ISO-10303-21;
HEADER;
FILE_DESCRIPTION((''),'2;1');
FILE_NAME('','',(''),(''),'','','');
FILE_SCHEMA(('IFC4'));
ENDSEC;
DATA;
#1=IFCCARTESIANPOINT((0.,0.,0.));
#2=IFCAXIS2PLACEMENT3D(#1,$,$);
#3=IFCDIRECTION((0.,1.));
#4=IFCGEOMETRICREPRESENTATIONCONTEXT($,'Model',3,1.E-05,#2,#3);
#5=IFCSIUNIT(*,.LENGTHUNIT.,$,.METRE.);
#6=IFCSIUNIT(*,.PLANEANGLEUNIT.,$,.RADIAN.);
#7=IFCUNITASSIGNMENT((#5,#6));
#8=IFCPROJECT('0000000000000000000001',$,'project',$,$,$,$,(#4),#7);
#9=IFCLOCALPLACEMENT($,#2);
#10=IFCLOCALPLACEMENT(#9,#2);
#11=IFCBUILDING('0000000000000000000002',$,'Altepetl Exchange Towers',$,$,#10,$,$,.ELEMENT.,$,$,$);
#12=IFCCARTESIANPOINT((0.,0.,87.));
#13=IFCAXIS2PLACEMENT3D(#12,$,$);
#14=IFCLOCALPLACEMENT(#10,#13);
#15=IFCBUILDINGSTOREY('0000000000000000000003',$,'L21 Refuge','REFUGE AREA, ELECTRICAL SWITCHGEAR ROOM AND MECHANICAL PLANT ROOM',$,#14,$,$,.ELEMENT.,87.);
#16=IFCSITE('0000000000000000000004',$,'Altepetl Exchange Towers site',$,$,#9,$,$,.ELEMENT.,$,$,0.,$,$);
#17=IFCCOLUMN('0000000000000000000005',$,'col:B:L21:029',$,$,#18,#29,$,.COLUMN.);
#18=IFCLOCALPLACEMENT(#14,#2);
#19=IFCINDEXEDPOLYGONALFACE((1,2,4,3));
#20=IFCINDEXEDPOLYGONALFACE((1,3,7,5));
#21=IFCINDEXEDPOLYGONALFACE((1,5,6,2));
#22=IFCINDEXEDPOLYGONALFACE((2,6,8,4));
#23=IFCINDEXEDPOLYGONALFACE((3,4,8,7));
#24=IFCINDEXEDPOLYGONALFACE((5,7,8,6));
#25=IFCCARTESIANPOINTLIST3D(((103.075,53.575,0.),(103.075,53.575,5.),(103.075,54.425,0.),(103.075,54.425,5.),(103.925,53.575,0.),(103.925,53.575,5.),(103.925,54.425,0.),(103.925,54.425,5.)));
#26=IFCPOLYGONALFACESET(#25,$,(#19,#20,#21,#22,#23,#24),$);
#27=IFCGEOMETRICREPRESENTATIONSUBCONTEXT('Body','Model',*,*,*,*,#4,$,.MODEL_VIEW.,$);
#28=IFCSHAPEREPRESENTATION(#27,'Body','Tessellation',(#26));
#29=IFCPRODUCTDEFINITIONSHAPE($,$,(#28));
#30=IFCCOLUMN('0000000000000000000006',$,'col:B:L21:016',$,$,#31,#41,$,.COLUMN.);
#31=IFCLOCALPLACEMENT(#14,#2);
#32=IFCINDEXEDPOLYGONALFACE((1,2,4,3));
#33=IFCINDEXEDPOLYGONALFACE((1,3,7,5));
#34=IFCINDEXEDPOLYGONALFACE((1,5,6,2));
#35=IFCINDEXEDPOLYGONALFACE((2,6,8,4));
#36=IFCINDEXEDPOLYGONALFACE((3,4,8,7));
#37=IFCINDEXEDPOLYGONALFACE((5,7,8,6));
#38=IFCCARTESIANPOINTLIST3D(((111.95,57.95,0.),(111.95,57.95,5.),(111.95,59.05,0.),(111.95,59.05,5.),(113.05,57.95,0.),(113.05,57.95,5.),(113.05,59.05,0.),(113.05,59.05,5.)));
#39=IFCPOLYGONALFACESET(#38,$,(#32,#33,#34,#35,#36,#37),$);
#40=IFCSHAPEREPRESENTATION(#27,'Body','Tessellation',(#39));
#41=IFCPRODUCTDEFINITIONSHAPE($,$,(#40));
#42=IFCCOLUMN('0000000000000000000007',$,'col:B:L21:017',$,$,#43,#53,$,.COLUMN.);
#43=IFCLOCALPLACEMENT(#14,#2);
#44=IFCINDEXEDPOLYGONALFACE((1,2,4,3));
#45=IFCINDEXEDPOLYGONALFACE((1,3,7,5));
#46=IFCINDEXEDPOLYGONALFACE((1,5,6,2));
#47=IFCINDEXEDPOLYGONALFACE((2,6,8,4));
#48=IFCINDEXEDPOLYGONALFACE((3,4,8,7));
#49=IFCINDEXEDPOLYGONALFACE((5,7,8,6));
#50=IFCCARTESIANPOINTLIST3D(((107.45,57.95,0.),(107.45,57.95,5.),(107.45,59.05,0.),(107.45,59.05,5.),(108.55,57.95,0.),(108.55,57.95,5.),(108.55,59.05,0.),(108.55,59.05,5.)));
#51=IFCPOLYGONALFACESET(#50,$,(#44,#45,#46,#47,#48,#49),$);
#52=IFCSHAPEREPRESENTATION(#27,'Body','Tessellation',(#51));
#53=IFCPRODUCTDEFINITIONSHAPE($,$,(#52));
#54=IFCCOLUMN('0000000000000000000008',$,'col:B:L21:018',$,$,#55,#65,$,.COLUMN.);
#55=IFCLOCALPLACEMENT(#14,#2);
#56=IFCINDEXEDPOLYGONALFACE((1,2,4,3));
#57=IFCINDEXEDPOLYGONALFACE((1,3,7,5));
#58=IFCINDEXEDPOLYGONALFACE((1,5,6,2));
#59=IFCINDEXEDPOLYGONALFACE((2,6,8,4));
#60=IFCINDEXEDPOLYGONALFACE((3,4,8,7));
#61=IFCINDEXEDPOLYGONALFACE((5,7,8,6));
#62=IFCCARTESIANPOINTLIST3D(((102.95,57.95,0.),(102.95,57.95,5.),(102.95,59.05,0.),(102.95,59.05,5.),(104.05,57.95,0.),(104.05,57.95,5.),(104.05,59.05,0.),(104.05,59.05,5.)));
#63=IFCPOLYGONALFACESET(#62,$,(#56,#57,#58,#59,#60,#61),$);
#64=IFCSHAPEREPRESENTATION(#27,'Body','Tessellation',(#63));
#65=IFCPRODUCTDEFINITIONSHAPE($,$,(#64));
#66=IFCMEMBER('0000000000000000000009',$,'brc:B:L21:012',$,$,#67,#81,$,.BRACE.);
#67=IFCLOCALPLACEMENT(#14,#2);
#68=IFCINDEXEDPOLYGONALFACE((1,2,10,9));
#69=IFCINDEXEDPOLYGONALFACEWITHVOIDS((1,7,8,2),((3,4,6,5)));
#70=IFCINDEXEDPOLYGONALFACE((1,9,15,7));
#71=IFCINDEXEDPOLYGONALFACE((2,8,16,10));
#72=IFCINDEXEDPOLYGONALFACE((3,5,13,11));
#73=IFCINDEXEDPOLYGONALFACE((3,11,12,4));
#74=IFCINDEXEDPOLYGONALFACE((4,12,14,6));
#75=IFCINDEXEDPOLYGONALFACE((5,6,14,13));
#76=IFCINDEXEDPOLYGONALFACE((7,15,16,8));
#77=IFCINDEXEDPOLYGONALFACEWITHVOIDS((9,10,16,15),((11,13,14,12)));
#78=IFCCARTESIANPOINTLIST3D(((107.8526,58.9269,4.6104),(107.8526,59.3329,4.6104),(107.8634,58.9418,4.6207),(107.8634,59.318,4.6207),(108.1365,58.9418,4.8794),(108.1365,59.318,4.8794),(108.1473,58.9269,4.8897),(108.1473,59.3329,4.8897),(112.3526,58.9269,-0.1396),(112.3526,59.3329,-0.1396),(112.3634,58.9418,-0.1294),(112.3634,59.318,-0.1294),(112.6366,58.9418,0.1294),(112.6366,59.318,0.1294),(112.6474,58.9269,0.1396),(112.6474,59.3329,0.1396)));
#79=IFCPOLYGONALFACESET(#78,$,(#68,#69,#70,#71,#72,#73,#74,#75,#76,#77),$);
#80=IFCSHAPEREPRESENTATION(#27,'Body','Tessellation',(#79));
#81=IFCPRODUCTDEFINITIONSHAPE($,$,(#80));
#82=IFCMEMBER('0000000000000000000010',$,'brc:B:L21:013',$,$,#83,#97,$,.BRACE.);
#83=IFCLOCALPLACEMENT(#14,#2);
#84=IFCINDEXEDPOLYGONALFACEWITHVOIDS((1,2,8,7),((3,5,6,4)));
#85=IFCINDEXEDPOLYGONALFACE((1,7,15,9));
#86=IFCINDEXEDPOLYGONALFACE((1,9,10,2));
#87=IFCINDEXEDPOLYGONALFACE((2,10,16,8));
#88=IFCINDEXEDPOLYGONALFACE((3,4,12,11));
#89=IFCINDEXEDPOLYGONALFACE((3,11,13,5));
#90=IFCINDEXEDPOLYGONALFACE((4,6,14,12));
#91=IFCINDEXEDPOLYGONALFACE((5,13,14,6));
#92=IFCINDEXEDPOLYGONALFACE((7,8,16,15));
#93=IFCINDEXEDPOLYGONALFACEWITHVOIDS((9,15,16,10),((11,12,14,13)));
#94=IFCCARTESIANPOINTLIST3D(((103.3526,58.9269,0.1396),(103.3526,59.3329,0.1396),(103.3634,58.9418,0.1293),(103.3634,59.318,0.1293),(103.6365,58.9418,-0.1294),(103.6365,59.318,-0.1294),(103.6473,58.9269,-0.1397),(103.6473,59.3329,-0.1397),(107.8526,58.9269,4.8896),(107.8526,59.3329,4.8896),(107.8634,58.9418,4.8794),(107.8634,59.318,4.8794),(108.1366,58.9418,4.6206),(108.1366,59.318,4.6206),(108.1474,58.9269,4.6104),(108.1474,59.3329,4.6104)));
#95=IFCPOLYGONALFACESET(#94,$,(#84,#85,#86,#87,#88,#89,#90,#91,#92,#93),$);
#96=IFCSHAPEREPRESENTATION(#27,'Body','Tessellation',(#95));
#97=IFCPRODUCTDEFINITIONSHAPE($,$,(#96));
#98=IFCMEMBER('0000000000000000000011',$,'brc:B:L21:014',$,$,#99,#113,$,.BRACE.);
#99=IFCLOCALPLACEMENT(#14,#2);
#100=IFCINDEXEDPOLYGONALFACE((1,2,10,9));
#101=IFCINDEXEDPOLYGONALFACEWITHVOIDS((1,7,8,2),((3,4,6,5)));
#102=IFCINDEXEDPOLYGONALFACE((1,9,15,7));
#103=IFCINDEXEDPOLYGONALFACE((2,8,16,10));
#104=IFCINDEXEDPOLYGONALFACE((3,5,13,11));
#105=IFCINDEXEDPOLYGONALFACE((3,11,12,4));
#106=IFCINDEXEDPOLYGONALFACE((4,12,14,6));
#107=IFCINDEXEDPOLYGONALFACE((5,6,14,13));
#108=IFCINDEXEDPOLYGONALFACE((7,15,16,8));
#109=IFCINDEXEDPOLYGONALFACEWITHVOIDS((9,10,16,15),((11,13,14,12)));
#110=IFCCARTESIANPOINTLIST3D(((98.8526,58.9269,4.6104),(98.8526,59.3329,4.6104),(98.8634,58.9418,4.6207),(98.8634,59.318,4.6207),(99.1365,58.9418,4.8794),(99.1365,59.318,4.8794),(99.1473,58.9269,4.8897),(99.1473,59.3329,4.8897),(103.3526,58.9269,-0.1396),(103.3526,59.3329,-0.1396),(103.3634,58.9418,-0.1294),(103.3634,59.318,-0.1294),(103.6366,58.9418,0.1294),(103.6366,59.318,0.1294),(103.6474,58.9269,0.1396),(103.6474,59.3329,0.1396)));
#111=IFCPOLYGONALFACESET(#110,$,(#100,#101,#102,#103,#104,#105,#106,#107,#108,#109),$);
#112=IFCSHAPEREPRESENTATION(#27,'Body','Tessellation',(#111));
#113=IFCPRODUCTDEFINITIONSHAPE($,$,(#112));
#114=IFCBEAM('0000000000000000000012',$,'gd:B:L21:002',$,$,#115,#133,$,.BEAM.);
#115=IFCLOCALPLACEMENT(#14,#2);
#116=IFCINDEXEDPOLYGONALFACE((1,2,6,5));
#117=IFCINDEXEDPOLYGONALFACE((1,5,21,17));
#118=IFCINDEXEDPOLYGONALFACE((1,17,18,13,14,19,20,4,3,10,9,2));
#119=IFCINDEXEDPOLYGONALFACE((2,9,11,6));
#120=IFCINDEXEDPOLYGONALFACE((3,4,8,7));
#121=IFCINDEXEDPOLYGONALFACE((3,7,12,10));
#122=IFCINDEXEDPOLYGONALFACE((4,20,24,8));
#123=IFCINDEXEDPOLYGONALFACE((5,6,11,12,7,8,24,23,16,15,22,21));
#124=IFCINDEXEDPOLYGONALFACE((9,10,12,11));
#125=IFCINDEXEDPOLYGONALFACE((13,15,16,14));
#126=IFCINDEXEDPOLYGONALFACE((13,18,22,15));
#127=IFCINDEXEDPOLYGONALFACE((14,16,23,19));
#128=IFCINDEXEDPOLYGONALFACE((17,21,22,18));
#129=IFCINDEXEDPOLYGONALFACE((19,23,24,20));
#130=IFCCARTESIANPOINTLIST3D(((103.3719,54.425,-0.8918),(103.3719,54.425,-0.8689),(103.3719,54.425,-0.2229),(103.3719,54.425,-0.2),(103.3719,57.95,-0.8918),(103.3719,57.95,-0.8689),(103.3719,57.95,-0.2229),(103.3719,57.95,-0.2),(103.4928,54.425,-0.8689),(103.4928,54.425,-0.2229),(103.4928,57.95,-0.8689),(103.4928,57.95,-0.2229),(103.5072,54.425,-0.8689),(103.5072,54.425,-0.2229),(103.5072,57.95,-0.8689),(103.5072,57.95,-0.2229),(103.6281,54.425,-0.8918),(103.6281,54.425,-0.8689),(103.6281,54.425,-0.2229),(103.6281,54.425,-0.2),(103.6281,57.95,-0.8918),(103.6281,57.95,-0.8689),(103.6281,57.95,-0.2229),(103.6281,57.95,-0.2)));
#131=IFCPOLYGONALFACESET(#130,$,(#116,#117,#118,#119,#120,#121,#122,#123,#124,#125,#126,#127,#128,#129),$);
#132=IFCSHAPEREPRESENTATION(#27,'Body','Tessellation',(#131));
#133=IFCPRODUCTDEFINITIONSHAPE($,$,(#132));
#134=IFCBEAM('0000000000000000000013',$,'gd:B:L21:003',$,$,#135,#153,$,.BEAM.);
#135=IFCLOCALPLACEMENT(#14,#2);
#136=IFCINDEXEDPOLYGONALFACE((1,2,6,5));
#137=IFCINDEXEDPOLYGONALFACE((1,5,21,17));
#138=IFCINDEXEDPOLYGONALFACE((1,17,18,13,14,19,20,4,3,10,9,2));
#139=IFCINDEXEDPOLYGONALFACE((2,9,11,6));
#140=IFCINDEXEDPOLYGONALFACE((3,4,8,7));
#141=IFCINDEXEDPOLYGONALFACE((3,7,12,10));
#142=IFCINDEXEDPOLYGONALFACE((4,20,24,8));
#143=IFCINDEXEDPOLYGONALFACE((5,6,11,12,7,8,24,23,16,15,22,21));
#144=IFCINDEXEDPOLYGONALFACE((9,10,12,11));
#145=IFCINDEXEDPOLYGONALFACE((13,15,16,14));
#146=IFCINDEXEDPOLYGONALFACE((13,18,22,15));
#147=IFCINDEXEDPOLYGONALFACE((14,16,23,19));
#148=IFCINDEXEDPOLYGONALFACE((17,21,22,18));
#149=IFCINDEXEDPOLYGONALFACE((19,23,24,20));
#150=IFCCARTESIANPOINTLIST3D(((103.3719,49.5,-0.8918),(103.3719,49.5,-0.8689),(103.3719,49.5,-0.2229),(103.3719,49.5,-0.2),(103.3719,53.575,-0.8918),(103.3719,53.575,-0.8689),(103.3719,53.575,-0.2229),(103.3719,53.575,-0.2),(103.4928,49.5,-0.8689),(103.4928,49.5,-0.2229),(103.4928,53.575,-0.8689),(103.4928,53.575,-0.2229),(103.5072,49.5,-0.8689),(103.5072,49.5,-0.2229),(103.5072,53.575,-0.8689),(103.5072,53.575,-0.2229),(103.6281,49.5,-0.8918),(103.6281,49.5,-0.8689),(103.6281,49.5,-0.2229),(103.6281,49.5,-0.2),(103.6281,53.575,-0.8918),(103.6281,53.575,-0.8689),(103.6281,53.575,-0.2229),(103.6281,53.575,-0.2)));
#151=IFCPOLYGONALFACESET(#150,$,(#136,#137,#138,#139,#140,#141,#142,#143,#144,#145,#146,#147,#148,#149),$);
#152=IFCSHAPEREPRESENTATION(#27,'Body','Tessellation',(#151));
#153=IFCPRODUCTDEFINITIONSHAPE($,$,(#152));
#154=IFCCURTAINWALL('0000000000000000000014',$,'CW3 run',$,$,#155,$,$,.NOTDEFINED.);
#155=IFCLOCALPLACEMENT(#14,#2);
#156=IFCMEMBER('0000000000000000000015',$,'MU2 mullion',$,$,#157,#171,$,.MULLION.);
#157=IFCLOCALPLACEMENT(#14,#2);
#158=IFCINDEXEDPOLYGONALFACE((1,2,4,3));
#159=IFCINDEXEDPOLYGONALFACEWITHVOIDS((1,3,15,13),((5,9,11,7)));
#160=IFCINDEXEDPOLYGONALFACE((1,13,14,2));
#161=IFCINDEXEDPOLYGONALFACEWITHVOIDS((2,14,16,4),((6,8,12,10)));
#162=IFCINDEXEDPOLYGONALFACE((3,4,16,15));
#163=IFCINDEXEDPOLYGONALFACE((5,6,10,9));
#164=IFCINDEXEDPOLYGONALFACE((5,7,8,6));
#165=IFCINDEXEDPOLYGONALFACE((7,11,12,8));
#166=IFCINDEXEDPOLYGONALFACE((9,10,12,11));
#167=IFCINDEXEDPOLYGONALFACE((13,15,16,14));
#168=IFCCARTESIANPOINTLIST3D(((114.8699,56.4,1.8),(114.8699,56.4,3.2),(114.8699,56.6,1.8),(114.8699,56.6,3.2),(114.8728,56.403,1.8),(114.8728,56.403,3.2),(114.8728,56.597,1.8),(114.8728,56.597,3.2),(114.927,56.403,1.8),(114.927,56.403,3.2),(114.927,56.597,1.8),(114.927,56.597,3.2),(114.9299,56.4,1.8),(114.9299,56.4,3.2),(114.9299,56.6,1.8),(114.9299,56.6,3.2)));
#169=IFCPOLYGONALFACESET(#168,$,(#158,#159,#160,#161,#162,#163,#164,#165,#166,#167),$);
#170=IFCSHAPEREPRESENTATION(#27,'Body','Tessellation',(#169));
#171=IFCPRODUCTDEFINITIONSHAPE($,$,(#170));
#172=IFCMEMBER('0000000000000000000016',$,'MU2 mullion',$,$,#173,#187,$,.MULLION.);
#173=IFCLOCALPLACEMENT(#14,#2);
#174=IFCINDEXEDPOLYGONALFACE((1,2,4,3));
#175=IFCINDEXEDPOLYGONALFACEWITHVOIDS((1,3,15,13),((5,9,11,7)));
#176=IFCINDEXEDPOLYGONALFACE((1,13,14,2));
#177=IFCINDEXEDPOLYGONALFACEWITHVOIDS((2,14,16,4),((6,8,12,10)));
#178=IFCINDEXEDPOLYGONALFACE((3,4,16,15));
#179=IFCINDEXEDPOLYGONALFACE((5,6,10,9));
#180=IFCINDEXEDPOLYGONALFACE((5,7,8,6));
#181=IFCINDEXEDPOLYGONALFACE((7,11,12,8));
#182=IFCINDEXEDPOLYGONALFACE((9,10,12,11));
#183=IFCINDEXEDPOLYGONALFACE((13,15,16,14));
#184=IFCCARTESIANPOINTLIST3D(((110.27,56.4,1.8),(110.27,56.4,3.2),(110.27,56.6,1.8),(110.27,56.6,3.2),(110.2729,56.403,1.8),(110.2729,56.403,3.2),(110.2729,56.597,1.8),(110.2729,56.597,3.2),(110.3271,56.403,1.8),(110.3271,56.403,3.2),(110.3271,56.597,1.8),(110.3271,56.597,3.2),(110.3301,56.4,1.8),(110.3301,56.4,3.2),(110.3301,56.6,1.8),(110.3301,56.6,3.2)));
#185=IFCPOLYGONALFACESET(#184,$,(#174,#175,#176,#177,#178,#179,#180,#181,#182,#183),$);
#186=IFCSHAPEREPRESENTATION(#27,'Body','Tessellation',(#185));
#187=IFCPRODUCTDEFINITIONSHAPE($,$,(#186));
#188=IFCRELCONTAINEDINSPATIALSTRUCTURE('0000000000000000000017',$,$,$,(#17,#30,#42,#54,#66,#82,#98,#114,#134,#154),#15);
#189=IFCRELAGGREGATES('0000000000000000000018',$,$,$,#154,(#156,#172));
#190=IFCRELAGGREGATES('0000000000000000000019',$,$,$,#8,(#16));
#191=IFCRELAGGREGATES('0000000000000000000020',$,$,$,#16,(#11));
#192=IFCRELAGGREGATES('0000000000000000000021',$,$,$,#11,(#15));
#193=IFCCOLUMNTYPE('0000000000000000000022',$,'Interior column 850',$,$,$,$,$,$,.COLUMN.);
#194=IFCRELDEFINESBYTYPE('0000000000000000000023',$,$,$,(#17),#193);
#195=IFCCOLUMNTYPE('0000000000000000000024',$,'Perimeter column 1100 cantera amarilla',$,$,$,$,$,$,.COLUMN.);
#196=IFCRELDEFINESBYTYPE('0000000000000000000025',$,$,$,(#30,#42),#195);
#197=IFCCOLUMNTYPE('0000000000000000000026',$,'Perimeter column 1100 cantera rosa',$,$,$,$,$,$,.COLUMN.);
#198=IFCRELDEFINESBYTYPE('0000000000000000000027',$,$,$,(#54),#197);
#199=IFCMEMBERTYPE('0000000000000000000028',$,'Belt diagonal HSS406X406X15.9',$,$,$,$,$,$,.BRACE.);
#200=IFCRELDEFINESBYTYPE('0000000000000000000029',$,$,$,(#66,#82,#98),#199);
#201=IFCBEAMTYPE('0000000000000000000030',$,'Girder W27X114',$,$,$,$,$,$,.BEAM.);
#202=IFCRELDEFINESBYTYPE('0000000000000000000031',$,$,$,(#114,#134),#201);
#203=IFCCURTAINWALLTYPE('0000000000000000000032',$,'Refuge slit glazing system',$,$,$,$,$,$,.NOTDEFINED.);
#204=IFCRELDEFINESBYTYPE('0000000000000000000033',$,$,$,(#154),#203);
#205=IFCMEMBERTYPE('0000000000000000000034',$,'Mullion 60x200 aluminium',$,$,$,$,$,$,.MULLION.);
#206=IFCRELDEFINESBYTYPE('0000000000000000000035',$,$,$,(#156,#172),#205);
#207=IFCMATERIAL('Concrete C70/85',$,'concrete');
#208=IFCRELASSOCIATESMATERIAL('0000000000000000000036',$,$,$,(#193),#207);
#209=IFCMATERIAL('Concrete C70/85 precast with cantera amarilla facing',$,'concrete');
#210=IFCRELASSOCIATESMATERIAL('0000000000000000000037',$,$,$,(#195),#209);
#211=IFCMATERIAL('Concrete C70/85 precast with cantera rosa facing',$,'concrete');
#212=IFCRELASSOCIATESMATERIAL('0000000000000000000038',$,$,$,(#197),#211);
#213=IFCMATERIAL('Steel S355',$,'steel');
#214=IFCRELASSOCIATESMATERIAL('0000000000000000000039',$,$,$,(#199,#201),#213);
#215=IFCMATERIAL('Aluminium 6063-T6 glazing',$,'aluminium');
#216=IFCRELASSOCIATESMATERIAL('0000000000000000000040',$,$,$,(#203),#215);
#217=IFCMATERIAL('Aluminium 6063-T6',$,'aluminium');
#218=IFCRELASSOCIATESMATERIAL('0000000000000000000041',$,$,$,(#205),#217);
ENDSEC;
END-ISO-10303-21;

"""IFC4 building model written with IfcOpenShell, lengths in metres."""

from ifc_helpers import new_model, si_unit, direction, frame, origin, origin_2d, place, context, subcontext, project, spatial, rectangle, hollow_rectangle, i_section, extrude, material, material_profile, profile_set, type_object, element, aggregate, save


model = new_model("IFC4")

# Units and contexts
model_context = context("Model", 3, precision=1e-05, world=origin(), true_north=direction((0.0, 1.0)))
body_context = subcontext(model_context, "Body", "Model", "MODEL_VIEW")
ifc_project = project(units=[si_unit("LENGTHUNIT", "METRE"), si_unit("PLANEANGLEUNIT", "RADIAN")], contexts=[model_context])

# Site, building, storey
site_placement = place(None, origin())
site = spatial("IfcSite", under=ifc_project, at=site_placement, Name="Altepetl Exchange Towers site", CompositionType="ELEMENT", RefElevation=0.0)
building_placement = place(site_placement, origin())
building = spatial("IfcBuilding", under=site, at=building_placement, Name="Altepetl Exchange Towers", CompositionType="ELEMENT")
storey_placement = place(building_placement, frame((0.0, 0.0, 87.0)))
storey = spatial("IfcBuildingStorey", under=building, at=storey_placement, Name="L21 Refuge", Description="REFUGE AREA, ELECTRICAL SWITCHGEAR ROOM AND MECHANICAL PLANT ROOM", CompositionType="ELEMENT", Elevation=87.0)

# Columns
ifc_material_1 = material(Name="Concrete C70/85", Category="concrete")
ifc_material_profile_1 = material_profile(ifc_material_1, rectangle(XDim=0.8501, YDim=0.8501, at=origin_2d()), Name="850 x 850")
ifc_profile_set_1 = profile_set([ifc_material_profile_1], Name="Concrete C70/85")
column_type_1 = type_object("IfcColumnType", Name="Interior column 850", PredefinedType="COLUMN", material=ifc_profile_set_1)
column_1_placement = place(storey_placement, frame((103.5, 54.0, 0.0)))
element("IfcColumn", 1, at=column_1_placement, inside=storey, type_object=column_type_1, Name="col:B:L21:029", PredefinedType="COLUMN", context=body_context, shape_type="SweptSolid", body=[
    extrude(rectangle(XDim=0.8501, YDim=0.8501, at=origin_2d()), origin(), (0.0, 0.0, 1.0), 5.0),
])
ifc_material_2 = material(Name="Concrete C70/85 precast with cantera amarilla facing", Category="concrete")
ifc_material_profile_2 = material_profile(ifc_material_2, rectangle(XDim=1.1001, YDim=1.1001, at=origin_2d()), Name="1100 x 1100")
ifc_profile_set_2 = profile_set([ifc_material_profile_2], Name="Concrete C70/85 precast with cantera amarilla facing")
column_type_2 = type_object("IfcColumnType", Name="Perimeter column 1100 cantera amarilla", PredefinedType="COLUMN", material=ifc_profile_set_2)
for number, where, name in (
    (2, (112.5, 58.5, 0.0), "col:B:L21:016"),
    (3, (108.0, 58.5, 0.0), "col:B:L21:017"),
):
    element("IfcColumn", number, at=place(storey_placement, frame(where)), inside=storey, type_object=column_type_2, Name=name, PredefinedType="COLUMN", context=body_context, shape_type="SweptSolid", body=[
        extrude(rectangle(XDim=1.1001, YDim=1.1001, at=origin_2d()), origin(), (0.0, 0.0, 1.0), 5.0),
    ])
ifc_material_3 = material(Name="Concrete C70/85 precast with cantera rosa facing", Category="concrete")
ifc_material_profile_3 = material_profile(ifc_material_3, rectangle(XDim=1.1001, YDim=1.1001, at=origin_2d()), Name="1100 x 1100")
ifc_profile_set_3 = profile_set([ifc_material_profile_3], Name="Concrete C70/85 precast with cantera rosa facing")
column_type_3 = type_object("IfcColumnType", Name="Perimeter column 1100 cantera rosa", PredefinedType="COLUMN", material=ifc_profile_set_3)
column_2_placement = place(storey_placement, frame((103.5, 58.5, 0.0)))
element("IfcColumn", 4, at=column_2_placement, inside=storey, type_object=column_type_3, Name="col:B:L21:018", PredefinedType="COLUMN", context=body_context, shape_type="SweptSolid", body=[
    extrude(rectangle(XDim=1.1001, YDim=1.1001, at=origin_2d()), origin(), (0.0, 0.0, 1.0), 5.0),
])

# Members
ifc_material_4 = material(Name="Steel S355", Category="steel")
ifc_material_profile_4 = material_profile(ifc_material_4, hollow_rectangle(XDim=0.406, YDim=0.406, WallThickness=0.0149, at=origin_2d()), Name="HSS406X406X15.9")
ifc_profile_set_4 = profile_set([ifc_material_profile_4], Name="Steel S355")
member_type_1 = type_object("IfcMemberType", Name="Belt diagonal HSS406X406X15.9", PredefinedType="BRACE", material=ifc_profile_set_4)
for number, where, z_axis, x_axis, name in (
    (5, (112.5, 59.1299, 0.0), (-0.687745, 0.0, 0.725953), (0.0, -1.0, 0.0), "brc:B:L21:012"),
    (6, (108.0, 59.1299, 4.75), (-0.687745, 0.0, -0.725953), (0.0, -1.0, 0.0), "brc:B:L21:013"),
    (7, (103.5, 59.1299, 0.0), (-0.687745, 0.0, 0.725953), (0.0, -1.0, 0.0), "brc:B:L21:014"),
):
    element("IfcMember", number, at=place(storey_placement, frame(where, z_axis=z_axis, x_axis=x_axis)), inside=storey, type_object=member_type_1, Name=name, PredefinedType="BRACE", context=body_context, shape_type="SweptSolid", body=[
        extrude(hollow_rectangle(XDim=0.406, YDim=0.406, WallThickness=0.0149, at=origin_2d()), origin(), (0.0, 0.0, 1.0), 6.5432),
    ])

# Beams
ifc_material_profile_5 = material_profile(ifc_material_4, i_section(OverallWidth=0.2561, OverallDepth=0.6919, WebThickness=0.0144, FlangeThickness=0.0229, at=origin_2d()), Name="W27X114")
ifc_profile_set_5 = profile_set([ifc_material_profile_5], Name="Steel S355")
beam_type_1 = type_object("IfcBeamType", Name="Girder W27X114", PredefinedType="BEAM", material=ifc_profile_set_5)
beam_1_placement = place(storey_placement, frame((103.5, 57.95, -0.5459), z_axis=(0.0, -1.0, 0.0), x_axis=(1.0, 0.0, 0.0)))
element("IfcBeam", 8, at=beam_1_placement, inside=storey, type_object=beam_type_1, Name="gd:B:L21:002", PredefinedType="BEAM", context=body_context, shape_type="SweptSolid", body=[
    extrude(i_section(OverallWidth=0.2561, OverallDepth=0.6919, WebThickness=0.0144, FlangeThickness=0.0229, at=origin_2d()), origin(), (0.0, 0.0, 1.0), 3.5249),
])
beam_2_placement = place(storey_placement, frame((103.5, 53.575, -0.5459), z_axis=(0.0, -1.0, 0.0), x_axis=(1.0, 0.0, 0.0)))
element("IfcBeam", 9, at=beam_2_placement, inside=storey, type_object=beam_type_1, Name="gd:B:L21:003", PredefinedType="BEAM", context=body_context, shape_type="SweptSolid", body=[
    extrude(i_section(OverallWidth=0.2561, OverallDepth=0.6919, WebThickness=0.0144, FlangeThickness=0.0229, at=origin_2d()), origin(), (0.0, 0.0, 1.0), 4.075),
])

# Curtain wall, members
ifc_material_5 = material(Name="Aluminium 6063-T6 glazing", Category="aluminium")
curtain_wall_type = type_object("IfcCurtainWallType", Name="Refuge slit glazing system", PredefinedType="NOTDEFINED", material=ifc_material_5)
curtain_wall_1_placement = place(storey_placement, origin())
curtain_wall_1 = element("IfcCurtainWall", 10, at=curtain_wall_1_placement, inside=storey, type_object=curtain_wall_type, Name="CW3 run", PredefinedType="NOTDEFINED")
ifc_material_6 = material(Name="Aluminium 6063-T6", Category="aluminium")
ifc_material_profile_6 = material_profile(ifc_material_6, hollow_rectangle(XDim=0.0601, YDim=0.2, WallThickness=0.0029, at=origin_2d()), Name="Mullion 60x200 aluminium")
ifc_profile_set_6 = profile_set([ifc_material_profile_6], Name="Aluminium 6063-T6")
member_type_2 = type_object("IfcMemberType", Name="Mullion 60x200 aluminium", PredefinedType="MULLION", material=ifc_profile_set_6)
member_1_placement = place(storey_placement, frame((114.8999, 56.5, 1.8), z_axis=(0.0, 0.0, 1.0), x_axis=(-1.0, 0.0, 0.0)))
member_1 = element("IfcMember", 11, at=member_1_placement, type_object=member_type_2, Name="MU2 mullion", PredefinedType="MULLION", context=body_context, shape_type="SweptSolid", body=[
    extrude(hollow_rectangle(XDim=0.0601, YDim=0.2, WallThickness=0.0029, at=origin_2d()), origin(), (0.0, 0.0, 1.0), 1.3999),
])
member_2_placement = place(storey_placement, frame((110.3, 56.5, 1.8), z_axis=(0.0, 0.0, 1.0), x_axis=(-1.0, 0.0, 0.0)))
member_2 = element("IfcMember", 12, at=member_2_placement, type_object=member_type_2, Name="MU2 mullion", PredefinedType="MULLION", context=body_context, shape_type="SweptSolid", body=[
    extrude(hollow_rectangle(XDim=0.0601, YDim=0.2, WallThickness=0.0029, at=origin_2d()), origin(), (0.0, 0.0, 1.0), 1.3999),
])

aggregate(curtain_wall_1, [member_1, member_2])

save(model, "model.ifc")
